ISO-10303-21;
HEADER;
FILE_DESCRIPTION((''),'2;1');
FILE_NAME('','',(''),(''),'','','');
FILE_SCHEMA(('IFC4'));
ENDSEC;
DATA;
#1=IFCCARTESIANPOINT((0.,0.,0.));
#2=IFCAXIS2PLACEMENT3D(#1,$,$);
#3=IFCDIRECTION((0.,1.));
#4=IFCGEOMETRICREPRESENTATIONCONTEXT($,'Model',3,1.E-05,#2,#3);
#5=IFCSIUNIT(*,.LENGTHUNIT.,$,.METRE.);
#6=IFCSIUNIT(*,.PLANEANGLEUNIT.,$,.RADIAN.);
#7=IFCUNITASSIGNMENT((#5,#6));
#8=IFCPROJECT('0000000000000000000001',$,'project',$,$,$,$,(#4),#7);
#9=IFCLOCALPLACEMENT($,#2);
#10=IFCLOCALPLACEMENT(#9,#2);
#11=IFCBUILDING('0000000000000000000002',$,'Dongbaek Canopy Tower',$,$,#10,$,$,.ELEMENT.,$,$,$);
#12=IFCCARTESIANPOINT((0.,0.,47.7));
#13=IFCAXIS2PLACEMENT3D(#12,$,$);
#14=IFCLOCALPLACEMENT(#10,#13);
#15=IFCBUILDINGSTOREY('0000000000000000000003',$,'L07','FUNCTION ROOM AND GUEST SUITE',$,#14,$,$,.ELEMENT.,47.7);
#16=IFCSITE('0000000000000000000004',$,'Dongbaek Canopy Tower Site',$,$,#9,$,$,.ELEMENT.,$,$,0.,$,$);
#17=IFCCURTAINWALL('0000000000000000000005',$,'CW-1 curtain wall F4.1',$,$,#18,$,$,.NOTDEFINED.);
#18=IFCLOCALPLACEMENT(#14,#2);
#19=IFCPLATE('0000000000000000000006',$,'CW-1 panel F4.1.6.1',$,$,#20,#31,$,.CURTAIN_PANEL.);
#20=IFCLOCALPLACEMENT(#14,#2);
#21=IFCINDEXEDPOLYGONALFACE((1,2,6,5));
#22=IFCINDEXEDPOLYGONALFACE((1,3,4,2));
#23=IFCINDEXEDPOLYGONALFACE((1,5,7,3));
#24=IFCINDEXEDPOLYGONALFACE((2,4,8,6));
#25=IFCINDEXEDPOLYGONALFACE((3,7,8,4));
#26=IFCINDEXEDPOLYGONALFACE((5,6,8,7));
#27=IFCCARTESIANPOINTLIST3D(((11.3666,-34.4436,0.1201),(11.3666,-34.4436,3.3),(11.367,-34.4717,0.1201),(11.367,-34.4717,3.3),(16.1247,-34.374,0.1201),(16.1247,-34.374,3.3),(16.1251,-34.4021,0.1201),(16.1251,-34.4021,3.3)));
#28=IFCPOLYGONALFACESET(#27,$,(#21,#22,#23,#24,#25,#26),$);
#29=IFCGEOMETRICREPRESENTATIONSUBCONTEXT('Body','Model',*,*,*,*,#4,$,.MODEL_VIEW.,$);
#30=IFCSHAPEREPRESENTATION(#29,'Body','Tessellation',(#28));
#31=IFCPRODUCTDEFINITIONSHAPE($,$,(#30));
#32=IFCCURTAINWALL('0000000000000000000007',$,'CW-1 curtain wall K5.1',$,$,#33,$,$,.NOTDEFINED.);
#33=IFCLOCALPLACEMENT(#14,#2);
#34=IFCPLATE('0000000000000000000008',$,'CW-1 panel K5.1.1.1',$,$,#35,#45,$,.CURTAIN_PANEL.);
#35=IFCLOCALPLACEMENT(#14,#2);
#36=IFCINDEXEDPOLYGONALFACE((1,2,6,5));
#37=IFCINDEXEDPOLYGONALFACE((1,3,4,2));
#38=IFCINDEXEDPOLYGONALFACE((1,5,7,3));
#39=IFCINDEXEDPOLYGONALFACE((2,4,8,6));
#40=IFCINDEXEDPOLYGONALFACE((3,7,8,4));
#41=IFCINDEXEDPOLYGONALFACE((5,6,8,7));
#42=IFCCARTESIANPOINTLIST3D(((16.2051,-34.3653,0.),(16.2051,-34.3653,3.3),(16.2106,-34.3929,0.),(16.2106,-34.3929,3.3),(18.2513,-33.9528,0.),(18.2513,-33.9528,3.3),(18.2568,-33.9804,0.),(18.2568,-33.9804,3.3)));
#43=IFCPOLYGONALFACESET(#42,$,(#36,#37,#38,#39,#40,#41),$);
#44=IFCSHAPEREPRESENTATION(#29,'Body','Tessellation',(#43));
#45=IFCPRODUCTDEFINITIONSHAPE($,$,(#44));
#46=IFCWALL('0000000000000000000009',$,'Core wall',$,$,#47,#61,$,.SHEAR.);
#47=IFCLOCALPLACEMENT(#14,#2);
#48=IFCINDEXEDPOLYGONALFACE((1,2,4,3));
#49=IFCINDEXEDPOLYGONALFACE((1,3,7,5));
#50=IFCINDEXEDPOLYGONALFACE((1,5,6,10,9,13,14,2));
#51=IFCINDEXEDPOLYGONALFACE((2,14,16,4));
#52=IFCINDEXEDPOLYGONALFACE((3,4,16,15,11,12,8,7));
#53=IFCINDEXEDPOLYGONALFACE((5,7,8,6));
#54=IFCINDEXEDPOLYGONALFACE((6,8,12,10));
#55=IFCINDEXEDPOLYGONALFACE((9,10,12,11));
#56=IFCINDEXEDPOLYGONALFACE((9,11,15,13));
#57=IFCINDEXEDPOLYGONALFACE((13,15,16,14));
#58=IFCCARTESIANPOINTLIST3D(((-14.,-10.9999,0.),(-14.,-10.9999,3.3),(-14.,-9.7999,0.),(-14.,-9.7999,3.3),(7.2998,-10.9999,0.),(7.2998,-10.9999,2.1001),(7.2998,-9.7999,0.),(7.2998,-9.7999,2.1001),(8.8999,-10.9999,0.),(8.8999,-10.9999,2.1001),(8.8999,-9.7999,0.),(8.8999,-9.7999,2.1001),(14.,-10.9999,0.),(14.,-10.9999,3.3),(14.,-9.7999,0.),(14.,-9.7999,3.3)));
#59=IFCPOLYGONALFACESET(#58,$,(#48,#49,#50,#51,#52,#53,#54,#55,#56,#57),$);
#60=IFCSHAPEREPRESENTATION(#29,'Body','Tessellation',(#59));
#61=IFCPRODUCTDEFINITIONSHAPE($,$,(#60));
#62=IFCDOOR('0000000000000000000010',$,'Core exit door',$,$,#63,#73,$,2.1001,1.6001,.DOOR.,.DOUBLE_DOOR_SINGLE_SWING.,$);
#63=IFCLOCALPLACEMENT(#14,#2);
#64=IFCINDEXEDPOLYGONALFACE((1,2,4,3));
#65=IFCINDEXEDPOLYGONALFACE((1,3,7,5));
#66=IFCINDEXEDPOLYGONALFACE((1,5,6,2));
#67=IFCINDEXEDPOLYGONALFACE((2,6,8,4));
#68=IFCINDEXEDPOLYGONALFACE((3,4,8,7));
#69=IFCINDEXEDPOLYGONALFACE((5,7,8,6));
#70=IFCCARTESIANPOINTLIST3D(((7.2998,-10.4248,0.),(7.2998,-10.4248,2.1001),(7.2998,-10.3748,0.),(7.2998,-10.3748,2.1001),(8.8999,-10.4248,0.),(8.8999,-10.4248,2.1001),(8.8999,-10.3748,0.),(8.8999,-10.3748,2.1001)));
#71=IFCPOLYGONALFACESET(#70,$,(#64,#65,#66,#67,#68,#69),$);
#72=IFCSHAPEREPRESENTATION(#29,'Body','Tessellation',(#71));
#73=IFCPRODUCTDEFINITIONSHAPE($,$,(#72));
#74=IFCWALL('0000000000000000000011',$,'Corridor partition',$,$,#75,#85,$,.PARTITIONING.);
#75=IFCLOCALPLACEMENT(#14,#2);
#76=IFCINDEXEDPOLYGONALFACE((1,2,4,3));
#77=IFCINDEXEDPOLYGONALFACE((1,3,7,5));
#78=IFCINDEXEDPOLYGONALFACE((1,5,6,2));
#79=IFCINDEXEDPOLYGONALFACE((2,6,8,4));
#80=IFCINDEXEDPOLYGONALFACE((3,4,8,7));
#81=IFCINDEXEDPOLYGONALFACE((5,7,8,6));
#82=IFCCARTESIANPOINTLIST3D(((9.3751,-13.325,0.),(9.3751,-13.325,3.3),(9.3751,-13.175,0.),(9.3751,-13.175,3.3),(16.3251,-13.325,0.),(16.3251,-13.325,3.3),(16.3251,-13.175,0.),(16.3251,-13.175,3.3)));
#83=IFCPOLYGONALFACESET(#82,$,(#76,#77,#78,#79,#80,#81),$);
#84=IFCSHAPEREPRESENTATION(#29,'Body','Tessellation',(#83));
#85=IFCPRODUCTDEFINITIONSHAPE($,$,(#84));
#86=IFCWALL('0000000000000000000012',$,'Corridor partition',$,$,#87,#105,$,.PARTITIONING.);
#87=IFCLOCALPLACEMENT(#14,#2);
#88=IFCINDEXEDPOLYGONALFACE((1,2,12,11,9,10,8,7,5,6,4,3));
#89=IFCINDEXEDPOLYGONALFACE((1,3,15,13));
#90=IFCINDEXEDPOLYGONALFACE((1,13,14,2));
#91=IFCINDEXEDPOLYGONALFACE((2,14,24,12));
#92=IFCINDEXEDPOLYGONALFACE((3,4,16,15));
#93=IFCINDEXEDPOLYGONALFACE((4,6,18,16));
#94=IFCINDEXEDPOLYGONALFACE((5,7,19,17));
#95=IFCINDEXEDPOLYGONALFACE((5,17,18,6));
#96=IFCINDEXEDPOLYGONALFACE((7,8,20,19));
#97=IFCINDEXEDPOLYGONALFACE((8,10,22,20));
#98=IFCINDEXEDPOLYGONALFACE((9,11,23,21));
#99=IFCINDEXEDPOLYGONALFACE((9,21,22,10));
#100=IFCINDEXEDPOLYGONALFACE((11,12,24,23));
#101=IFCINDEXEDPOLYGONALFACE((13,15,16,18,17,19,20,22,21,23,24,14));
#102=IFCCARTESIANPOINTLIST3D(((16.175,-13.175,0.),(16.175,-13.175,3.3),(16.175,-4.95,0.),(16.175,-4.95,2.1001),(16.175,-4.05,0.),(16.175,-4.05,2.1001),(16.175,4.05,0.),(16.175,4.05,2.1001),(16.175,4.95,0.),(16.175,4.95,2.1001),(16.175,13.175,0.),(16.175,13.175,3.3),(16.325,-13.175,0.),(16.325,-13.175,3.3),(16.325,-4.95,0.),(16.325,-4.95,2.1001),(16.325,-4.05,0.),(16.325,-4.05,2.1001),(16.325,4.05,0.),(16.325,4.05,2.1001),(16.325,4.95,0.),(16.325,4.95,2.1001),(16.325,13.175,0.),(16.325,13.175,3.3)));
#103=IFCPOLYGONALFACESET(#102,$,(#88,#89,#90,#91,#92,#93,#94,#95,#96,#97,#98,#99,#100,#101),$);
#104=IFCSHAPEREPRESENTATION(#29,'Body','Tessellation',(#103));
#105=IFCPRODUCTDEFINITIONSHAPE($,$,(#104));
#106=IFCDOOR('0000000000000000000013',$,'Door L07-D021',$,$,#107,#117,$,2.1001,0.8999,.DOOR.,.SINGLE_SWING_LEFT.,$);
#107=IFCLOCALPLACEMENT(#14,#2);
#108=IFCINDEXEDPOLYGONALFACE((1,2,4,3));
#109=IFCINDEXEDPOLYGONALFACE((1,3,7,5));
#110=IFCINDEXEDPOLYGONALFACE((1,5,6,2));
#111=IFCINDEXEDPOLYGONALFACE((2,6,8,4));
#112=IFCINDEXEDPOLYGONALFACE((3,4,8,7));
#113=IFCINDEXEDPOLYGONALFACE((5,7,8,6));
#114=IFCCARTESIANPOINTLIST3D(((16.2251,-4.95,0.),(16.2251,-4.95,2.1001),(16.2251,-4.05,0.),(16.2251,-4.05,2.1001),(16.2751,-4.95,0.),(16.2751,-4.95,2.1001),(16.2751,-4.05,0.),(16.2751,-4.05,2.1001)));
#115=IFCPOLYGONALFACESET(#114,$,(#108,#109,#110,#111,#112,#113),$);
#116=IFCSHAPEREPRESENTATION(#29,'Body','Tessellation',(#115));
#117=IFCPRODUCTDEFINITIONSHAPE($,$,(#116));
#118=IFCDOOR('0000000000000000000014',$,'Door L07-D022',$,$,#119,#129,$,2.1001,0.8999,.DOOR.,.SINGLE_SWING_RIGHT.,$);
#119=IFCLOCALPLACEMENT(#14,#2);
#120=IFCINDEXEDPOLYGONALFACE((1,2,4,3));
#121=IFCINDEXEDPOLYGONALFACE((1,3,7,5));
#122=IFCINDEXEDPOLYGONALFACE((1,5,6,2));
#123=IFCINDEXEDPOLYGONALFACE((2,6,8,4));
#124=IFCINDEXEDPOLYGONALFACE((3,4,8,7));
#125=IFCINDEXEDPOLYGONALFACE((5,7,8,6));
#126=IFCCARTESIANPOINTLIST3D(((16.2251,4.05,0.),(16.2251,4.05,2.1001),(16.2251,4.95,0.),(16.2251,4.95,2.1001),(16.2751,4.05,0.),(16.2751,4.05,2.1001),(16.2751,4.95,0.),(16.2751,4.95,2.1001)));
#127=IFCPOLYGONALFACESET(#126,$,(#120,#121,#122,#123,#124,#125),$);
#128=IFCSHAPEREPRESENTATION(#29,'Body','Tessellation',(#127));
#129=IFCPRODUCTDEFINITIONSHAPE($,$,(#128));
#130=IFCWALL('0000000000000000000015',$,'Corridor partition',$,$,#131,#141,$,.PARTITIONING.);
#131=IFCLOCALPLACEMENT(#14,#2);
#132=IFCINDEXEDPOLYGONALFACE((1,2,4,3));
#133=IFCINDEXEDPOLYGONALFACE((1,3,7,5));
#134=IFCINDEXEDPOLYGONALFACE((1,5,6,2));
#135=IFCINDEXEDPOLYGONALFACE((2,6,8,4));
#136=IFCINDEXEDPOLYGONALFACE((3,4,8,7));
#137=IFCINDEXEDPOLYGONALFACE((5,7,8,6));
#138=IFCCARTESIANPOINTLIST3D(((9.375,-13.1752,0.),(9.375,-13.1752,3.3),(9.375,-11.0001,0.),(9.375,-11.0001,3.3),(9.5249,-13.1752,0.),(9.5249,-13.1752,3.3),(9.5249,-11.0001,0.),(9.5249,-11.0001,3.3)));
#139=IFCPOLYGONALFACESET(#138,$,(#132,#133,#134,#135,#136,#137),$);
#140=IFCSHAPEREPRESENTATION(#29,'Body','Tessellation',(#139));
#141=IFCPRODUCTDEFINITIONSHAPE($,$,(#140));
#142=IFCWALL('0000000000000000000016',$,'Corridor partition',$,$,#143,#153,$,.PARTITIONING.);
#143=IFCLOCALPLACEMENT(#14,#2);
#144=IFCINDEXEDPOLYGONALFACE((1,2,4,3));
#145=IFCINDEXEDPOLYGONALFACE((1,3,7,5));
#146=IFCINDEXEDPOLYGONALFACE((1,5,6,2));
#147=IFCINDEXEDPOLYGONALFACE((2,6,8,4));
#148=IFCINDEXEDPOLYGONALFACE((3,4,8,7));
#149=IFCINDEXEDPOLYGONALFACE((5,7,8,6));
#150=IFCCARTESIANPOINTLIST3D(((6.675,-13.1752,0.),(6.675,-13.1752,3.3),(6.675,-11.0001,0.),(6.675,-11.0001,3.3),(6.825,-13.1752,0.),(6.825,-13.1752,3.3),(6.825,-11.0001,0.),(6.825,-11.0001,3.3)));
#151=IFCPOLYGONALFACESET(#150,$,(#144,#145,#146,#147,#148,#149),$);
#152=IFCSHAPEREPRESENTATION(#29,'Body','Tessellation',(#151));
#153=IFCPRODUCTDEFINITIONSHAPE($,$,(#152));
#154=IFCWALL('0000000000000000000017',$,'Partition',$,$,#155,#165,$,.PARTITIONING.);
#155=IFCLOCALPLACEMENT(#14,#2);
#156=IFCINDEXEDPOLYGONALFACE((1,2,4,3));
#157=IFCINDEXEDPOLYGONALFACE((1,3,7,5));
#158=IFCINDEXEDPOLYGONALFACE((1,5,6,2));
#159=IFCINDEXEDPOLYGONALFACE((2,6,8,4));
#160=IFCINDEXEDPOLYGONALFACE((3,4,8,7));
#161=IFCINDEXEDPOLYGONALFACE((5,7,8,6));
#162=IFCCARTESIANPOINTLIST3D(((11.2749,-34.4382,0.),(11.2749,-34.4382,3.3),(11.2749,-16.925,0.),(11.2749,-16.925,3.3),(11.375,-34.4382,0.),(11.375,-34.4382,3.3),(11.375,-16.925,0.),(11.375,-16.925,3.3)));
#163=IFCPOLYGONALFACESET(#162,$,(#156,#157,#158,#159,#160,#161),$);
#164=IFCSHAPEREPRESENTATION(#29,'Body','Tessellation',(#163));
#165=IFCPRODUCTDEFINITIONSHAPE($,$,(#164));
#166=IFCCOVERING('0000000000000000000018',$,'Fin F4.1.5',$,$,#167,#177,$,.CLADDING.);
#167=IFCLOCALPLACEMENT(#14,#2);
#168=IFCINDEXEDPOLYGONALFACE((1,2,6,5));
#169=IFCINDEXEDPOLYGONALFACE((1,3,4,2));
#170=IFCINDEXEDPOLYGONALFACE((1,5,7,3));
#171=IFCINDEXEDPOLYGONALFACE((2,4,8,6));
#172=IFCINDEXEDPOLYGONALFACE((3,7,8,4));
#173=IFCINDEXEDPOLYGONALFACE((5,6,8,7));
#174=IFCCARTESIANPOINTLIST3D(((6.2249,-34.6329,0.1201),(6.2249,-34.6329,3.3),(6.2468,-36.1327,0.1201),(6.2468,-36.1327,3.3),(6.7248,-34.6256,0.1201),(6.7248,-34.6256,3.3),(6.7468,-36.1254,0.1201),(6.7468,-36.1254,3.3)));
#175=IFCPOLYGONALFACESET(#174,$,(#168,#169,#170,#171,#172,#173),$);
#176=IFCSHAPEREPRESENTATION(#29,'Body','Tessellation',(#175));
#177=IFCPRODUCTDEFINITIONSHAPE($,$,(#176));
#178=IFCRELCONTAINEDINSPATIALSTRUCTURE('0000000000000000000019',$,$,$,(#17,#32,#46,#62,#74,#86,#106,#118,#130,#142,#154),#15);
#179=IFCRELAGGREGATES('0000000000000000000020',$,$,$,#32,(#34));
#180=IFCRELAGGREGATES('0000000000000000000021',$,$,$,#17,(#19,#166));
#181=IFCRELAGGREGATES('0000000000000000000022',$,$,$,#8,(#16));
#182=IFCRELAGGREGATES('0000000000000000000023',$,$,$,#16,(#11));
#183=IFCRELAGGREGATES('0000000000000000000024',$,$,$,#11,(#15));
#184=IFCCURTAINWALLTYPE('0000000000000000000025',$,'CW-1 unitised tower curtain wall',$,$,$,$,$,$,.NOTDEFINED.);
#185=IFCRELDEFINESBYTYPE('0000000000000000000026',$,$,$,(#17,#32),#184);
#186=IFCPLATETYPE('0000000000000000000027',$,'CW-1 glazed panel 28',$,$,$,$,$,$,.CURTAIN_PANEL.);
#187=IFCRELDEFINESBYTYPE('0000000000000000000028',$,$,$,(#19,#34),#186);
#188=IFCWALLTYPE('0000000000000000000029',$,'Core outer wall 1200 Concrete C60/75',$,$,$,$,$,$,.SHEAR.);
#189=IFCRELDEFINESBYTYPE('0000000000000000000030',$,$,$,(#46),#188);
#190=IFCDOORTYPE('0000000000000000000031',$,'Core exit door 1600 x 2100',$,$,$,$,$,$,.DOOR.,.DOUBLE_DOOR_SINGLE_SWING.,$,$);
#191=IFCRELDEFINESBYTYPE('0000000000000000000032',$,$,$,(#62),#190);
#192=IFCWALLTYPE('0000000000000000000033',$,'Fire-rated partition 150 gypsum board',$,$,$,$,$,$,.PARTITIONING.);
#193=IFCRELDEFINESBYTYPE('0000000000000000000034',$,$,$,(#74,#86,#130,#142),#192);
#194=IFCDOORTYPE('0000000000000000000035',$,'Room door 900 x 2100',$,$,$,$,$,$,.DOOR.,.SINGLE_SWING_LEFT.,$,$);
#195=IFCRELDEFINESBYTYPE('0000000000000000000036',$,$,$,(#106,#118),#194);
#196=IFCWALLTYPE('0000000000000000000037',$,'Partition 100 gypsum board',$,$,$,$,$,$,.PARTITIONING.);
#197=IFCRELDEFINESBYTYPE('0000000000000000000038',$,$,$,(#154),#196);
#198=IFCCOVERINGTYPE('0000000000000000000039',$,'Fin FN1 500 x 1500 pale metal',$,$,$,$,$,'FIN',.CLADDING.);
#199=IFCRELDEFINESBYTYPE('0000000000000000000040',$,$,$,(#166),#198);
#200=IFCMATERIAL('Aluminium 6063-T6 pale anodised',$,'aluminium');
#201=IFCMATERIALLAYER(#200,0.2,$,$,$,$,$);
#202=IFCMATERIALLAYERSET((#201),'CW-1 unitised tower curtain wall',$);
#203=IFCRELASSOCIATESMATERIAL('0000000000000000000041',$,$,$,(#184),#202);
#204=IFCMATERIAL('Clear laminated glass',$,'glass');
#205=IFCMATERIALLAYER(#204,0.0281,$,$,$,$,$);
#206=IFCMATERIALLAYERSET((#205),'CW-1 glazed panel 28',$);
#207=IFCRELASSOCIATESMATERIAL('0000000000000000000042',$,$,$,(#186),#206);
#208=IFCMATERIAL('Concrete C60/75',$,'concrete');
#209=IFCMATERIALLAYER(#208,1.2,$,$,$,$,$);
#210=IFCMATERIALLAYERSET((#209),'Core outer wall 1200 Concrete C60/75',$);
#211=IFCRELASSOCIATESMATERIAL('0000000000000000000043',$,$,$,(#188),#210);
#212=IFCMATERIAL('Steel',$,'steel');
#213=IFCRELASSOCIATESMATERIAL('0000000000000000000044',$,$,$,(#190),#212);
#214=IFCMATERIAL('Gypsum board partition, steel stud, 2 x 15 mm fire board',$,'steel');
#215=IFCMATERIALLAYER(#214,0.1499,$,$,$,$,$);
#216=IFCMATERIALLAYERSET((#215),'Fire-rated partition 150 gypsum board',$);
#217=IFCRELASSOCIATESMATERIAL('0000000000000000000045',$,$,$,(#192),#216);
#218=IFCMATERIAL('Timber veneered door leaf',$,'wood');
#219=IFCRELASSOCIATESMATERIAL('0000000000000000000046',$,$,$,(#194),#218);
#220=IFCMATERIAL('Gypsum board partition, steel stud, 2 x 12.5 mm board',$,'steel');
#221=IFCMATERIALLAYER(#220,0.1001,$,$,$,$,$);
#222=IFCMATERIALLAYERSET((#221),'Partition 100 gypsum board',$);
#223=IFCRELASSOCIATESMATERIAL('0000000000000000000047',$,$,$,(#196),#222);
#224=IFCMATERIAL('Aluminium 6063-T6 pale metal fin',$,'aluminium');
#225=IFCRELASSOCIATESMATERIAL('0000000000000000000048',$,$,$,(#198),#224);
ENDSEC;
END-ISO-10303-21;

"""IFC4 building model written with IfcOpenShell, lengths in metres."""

from ifc_helpers import new_model, si_unit, direction, frame, frame_2d, origin, origin_2d, place, context, subcontext, project, spatial, rectangle, extrude, material, layer, layer_set, material_profile, profile_set, type_object, element, fill, aggregate, save


model = new_model("IFC4")

# Units and contexts
model_context = context("Model", 3, precision=1e-05, world=origin(), true_north=direction((0.0, 1.0)))
body_context = subcontext(model_context, "Body", "Model", "MODEL_VIEW")
ifc_project = project(units=[si_unit("LENGTHUNIT", "METRE"), si_unit("PLANEANGLEUNIT", "RADIAN")], contexts=[model_context])

# Site, building, storey
site_placement = place(None, origin())
site = spatial("IfcSite", under=ifc_project, at=site_placement, Name="Dongbaek Canopy Tower Site", CompositionType="ELEMENT", RefElevation=0.0)
building_placement = place(site_placement, origin())
building = spatial("IfcBuilding", under=site, at=building_placement, Name="Dongbaek Canopy Tower", CompositionType="ELEMENT")
storey_placement = place(building_placement, frame((0.0, 0.0, 47.7)))
storey = spatial("IfcBuildingStorey", under=building, at=storey_placement, Name="L07", Description="FUNCTION ROOM AND GUEST SUITE", CompositionType="ELEMENT", Elevation=47.7)

# Curtain wall
ifc_material_1 = material(Name="Aluminium 6063-T6 pale anodised", Category="aluminium")
ifc_layer_1 = layer(ifc_material_1, 0.2)
ifc_layer_set_1 = layer_set([ifc_layer_1], Name="CW-1 unitised tower curtain wall")
curtain_wall_type = type_object("IfcCurtainWallType", Name="CW-1 unitised tower curtain wall", PredefinedType="NOTDEFINED", material=ifc_layer_set_1)
curtain_wall_1_placement = place(storey_placement, origin())
curtain_wall_1 = element("IfcCurtainWall", 1, at=curtain_wall_1_placement, inside=storey, type_object=curtain_wall_type, Name="CW-1 curtain wall F4.1", PredefinedType="NOTDEFINED")

# Plate
ifc_material_2 = material(Name="Clear laminated glass", Category="glass")
ifc_layer_2 = layer(ifc_material_2, 0.0281)
ifc_layer_set_2 = layer_set([ifc_layer_2], Name="CW-1 glazed panel 28")
plate_type = type_object("IfcPlateType", Name="CW-1 glazed panel 28", PredefinedType="CURTAIN_PANEL", material=ifc_layer_set_2)
plate_1_placement = place(storey_placement, frame((13.7458, -34.4229, 0.1201), z_axis=(0.0, 0.0, 1.0), x_axis=(0.999893, 0.014619, 0.0)))
plate_1 = element("IfcPlate", 2, at=plate_1_placement, type_object=plate_type, Name="CW-1 panel F4.1.6.1", PredefinedType="CURTAIN_PANEL", context=body_context, shape_type="SweptSolid", body=[
    extrude(rectangle(XDim=4.7585, YDim=0.0281, at=origin_2d()), origin(), (0.0, 0.0, 1.0), 3.1799),
])

# Curtain wall, plate
curtain_wall_2_placement = place(storey_placement, origin())
curtain_wall_2 = element("IfcCurtainWall", 3, at=curtain_wall_2_placement, inside=storey, type_object=curtain_wall_type, Name="CW-1 curtain wall K5.1", PredefinedType="NOTDEFINED")
plate_2_placement = place(storey_placement, frame((17.231, -34.1729, 0.0), z_axis=(0.0, 0.0, 1.0), x_axis=(0.980279, 0.197621, 0.0)))
plate_2 = element("IfcPlate", 4, at=plate_2_placement, type_object=plate_type, Name="CW-1 panel K5.1.1.1", PredefinedType="CURTAIN_PANEL", context=body_context, shape_type="SweptSolid", body=[
    extrude(rectangle(XDim=2.0874, YDim=0.0281, at=origin_2d()), origin(), (0.0, 0.0, 1.0), 3.3),
])
aggregate(curtain_wall_2, [plate_2])

# Wall, opening, door
ifc_material_3 = material(Name="Concrete C60/75", Category="concrete")
ifc_layer_3 = layer(ifc_material_3, 1.2)
ifc_layer_set_3 = layer_set([ifc_layer_3], Name="Core outer wall 1200 Concrete C60/75")
wall_type_1 = type_object("IfcWallType", Name="Core outer wall 1200 Concrete C60/75", PredefinedType="SHEAR", material=ifc_layer_set_3)
wall_1_placement = place(storey_placement, frame((14.0, -10.3999, 0.0), z_axis=(0.0, 0.0, 1.0), x_axis=(-1.0, 0.0, 0.0)))
wall_1 = element("IfcWall", 5, at=wall_1_placement, inside=storey, type_object=wall_type_1, Name="Core wall", PredefinedType="SHEAR", context=body_context, shape_type="SweptSolid", body=[
    extrude(rectangle(XDim=28.0, YDim=1.2, at=frame_2d((14.0, 0.0))), origin(), (0.0, 0.0, 1.0), 3.3),
])
opening_1_placement = place(wall_1_placement, frame((5.1001, 0.0, 0.0)))
opening_1 = element("IfcOpeningElement", 6, at=opening_1_placement, cuts=wall_1, PredefinedType="OPENING", context=body_context, shape_type="SweptSolid", body=[
    extrude(rectangle(XDim=1.6001, YDim=2.1001, at=frame_2d((0.8, 1.05))), frame((0.0, 0.6099, 0.0), z_axis=(0.0, -1.0, 0.0), x_axis=(1.0, 0.0, 0.0)), (0.0, 0.0, 1.0), 1.22),
])
ifc_material_4 = material(Name="Steel", Category="steel")
door_type_1 = type_object("IfcDoorType", Name="Core exit door 1600 x 2100", OperationType="DOUBLE_DOOR_SINGLE_SWING", PredefinedType="DOOR", material=ifc_material_4)
door_1_placement = place(opening_1_placement, origin())
door_1 = element("IfcDoor", 7, at=door_1_placement, inside=storey, type_object=door_type_1, Name="Core exit door", OperationType="DOUBLE_DOOR_SINGLE_SWING", OverallHeight=2.1001, OverallWidth=1.6001, PredefinedType="DOOR", context=body_context, shape_type="SweptSolid", body=[
    extrude(rectangle(XDim=1.6001, YDim=2.1001, at=frame_2d((0.8, 1.05))), frame((0.0, 0.0249, 0.0), z_axis=(0.0, -1.0, 0.0), x_axis=(1.0, 0.0, 0.0)), (0.0, 0.0, 1.0), 0.05),
])
fill(opening_1, door_1)

# Wall
ifc_material_5 = material(Name="Gypsum board partition, steel stud, 2 x 15 mm fire board", Category="steel")
ifc_layer_4 = layer(ifc_material_5, 0.1499)
ifc_layer_set_4 = layer_set([ifc_layer_4], Name="Fire-rated partition 150 gypsum board")
wall_type_2 = type_object("IfcWallType", Name="Fire-rated partition 150 gypsum board", PredefinedType="PARTITIONING", material=ifc_layer_set_4)
wall_2_placement = place(storey_placement, frame((9.375, -13.25, 0.0), z_axis=(0.0, 0.0, 1.0), x_axis=(1.0, 0.0, 0.0)))
element("IfcWall", 8, at=wall_2_placement, inside=storey, type_object=wall_type_2, Name="Corridor partition", PredefinedType="PARTITIONING", context=body_context, shape_type="SweptSolid", body=[
    extrude(rectangle(XDim=6.95, YDim=0.1499, at=frame_2d((3.4751, 0.0))), origin(), (0.0, 0.0, 1.0), 3.3),
])

# Wall, openings, doors
wall_3_placement = place(storey_placement, frame((16.25, -13.175, 0.0), z_axis=(0.0, 0.0, 1.0), x_axis=(0.0, 1.0, 0.0)))
wall_3 = element("IfcWall", 9, at=wall_3_placement, inside=storey, type_object=wall_type_2, Name="Corridor partition", PredefinedType="PARTITIONING", context=body_context, shape_type="SweptSolid", body=[
    extrude(rectangle(XDim=26.3501, YDim=0.1499, at=frame_2d((13.175, 0.0))), origin(), (0.0, 0.0, 1.0), 3.3),
])
opening_2_placement = place(wall_3_placement, frame((8.2251, 0.0, 0.0)))
opening_2 = element("IfcOpeningElement", 10, at=opening_2_placement, cuts=wall_3, PredefinedType="OPENING", context=body_context, shape_type="SweptSolid", body=[
    extrude(rectangle(XDim=0.8999, YDim=2.1001, at=frame_2d((0.45, 1.05))), frame((0.0, 0.085, 0.0), z_axis=(0.0, -1.0, 0.0), x_axis=(1.0, 0.0, 0.0)), (0.0, 0.0, 1.0), 0.1699),
])
opening_3_placement = place(wall_3_placement, frame((17.2251, 0.0, 0.0)))
opening_3 = element("IfcOpeningElement", 11, at=opening_3_placement, cuts=wall_3, PredefinedType="OPENING", context=body_context, shape_type="SweptSolid", body=[
    extrude(rectangle(XDim=0.8999, YDim=2.1001, at=frame_2d((0.45, 1.05))), frame((0.0, 0.085, 0.0), z_axis=(0.0, -1.0, 0.0), x_axis=(1.0, 0.0, 0.0)), (0.0, 0.0, 1.0), 0.1699),
])
ifc_material_6 = material(Name="Timber veneered door leaf", Category="wood")
door_type_2 = type_object("IfcDoorType", Name="Room door 900 x 2100", OperationType="SINGLE_SWING_LEFT", PredefinedType="DOOR", material=ifc_material_6)
door_2_placement = place(opening_2_placement, origin())
door_2 = element("IfcDoor", 12, at=door_2_placement, inside=storey, type_object=door_type_2, Name="Door L07-D021", OperationType="SINGLE_SWING_LEFT", OverallHeight=2.1001, OverallWidth=0.8999, PredefinedType="DOOR", context=body_context, shape_type="SweptSolid", body=[
    extrude(rectangle(XDim=0.8999, YDim=2.1001, at=frame_2d((0.45, 1.05))), frame((0.0, 0.0249, 0.0), z_axis=(0.0, -1.0, 0.0), x_axis=(1.0, 0.0, 0.0)), (0.0, 0.0, 1.0), 0.05),
])
fill(opening_2, door_2)
door_3_placement = place(opening_3_placement, origin())
door_3 = element("IfcDoor", 13, at=door_3_placement, inside=storey, type_object=door_type_2, Name="Door L07-D022", OperationType="SINGLE_SWING_RIGHT", OverallHeight=2.1001, OverallWidth=0.8999, PredefinedType="DOOR", context=body_context, shape_type="SweptSolid", body=[
    extrude(rectangle(XDim=0.8999, YDim=2.1001, at=frame_2d((0.45, 1.05))), frame((0.0, 0.0249, 0.0), z_axis=(0.0, -1.0, 0.0), x_axis=(1.0, 0.0, 0.0)), (0.0, 0.0, 1.0), 0.05),
])
fill(opening_3, door_3)

# Walls
for number, where, z_axis, x_axis, name in (
    (14, (9.45, -13.175, 0.0), (0.0, 0.0, 1.0), (0.0, 1.0, 0.0), "Corridor partition"),
    (15, (6.75, -13.175, 0.0), (0.0, 0.0, 1.0), (0.0, 1.0, 0.0), "Corridor partition"),
):
    element("IfcWall", number, at=place(storey_placement, frame(where, z_axis=z_axis, x_axis=x_axis)), inside=storey, type_object=wall_type_2, Name=name, PredefinedType="PARTITIONING", context=body_context, shape_type="SweptSolid", body=[
        extrude(rectangle(XDim=2.175, YDim=0.1499, at=frame_2d((1.0874, 0.0))), origin(), (0.0, 0.0, 1.0), 3.3),
    ])
ifc_material_7 = material(Name="Gypsum board partition, steel stud, 2 x 12.5 mm board", Category="steel")
ifc_layer_5 = layer(ifc_material_7, 0.1001)
ifc_layer_set_5 = layer_set([ifc_layer_5], Name="Partition 100 gypsum board")
wall_type_3 = type_object("IfcWallType", Name="Partition 100 gypsum board", PredefinedType="PARTITIONING", material=ifc_layer_set_5)
wall_4_placement = place(storey_placement, frame((11.325, -34.4382, 0.0), z_axis=(0.0, 0.0, 1.0), x_axis=(0.0, 1.0, 0.0)))
element("IfcWall", 16, at=wall_4_placement, inside=storey, type_object=wall_type_3, Name="Partition", PredefinedType="PARTITIONING", context=body_context, shape_type="SweptSolid", body=[
    extrude(rectangle(XDim=17.5132, YDim=0.1001, at=frame_2d((8.7566, 0.0))), origin(), (0.0, 0.0, 1.0), 3.3),
])

# Covering
ifc_material_8 = material(Name="Aluminium 6063-T6 pale metal fin", Category="aluminium")
ifc_material_profile_1 = material_profile(ifc_material_8, rectangle(XDim=1.5, YDim=0.5, at=origin_2d()), Name="Fin FN1 500 x 1500 pale metal")
ifc_profile_set_1 = profile_set([ifc_material_profile_1], Name="Aluminium 6063-T6 pale metal fin")
covering_type = type_object("IfcCoveringType", Name="Fin FN1 500 x 1500 pale metal", ElementType="FIN", PredefinedType="CLADDING", material=ifc_profile_set_1)
covering_1_placement = place(storey_placement, frame((6.4858, -35.3792, 0.1201), z_axis=(0.0, 0.0, 1.0), x_axis=(0.014619, -0.999893, 0.0)))
covering_1 = element("IfcCovering", 17, at=covering_1_placement, type_object=covering_type, Name="Fin F4.1.5", PredefinedType="CLADDING", context=body_context, shape_type="SweptSolid", body=[
    extrude(rectangle(XDim=1.5, YDim=0.5, at=origin_2d()), origin(), (0.0, 0.0, 1.0), 3.1799),
])
aggregate(curtain_wall_1, [plate_1, covering_1])

save(model, "model.ifc")
